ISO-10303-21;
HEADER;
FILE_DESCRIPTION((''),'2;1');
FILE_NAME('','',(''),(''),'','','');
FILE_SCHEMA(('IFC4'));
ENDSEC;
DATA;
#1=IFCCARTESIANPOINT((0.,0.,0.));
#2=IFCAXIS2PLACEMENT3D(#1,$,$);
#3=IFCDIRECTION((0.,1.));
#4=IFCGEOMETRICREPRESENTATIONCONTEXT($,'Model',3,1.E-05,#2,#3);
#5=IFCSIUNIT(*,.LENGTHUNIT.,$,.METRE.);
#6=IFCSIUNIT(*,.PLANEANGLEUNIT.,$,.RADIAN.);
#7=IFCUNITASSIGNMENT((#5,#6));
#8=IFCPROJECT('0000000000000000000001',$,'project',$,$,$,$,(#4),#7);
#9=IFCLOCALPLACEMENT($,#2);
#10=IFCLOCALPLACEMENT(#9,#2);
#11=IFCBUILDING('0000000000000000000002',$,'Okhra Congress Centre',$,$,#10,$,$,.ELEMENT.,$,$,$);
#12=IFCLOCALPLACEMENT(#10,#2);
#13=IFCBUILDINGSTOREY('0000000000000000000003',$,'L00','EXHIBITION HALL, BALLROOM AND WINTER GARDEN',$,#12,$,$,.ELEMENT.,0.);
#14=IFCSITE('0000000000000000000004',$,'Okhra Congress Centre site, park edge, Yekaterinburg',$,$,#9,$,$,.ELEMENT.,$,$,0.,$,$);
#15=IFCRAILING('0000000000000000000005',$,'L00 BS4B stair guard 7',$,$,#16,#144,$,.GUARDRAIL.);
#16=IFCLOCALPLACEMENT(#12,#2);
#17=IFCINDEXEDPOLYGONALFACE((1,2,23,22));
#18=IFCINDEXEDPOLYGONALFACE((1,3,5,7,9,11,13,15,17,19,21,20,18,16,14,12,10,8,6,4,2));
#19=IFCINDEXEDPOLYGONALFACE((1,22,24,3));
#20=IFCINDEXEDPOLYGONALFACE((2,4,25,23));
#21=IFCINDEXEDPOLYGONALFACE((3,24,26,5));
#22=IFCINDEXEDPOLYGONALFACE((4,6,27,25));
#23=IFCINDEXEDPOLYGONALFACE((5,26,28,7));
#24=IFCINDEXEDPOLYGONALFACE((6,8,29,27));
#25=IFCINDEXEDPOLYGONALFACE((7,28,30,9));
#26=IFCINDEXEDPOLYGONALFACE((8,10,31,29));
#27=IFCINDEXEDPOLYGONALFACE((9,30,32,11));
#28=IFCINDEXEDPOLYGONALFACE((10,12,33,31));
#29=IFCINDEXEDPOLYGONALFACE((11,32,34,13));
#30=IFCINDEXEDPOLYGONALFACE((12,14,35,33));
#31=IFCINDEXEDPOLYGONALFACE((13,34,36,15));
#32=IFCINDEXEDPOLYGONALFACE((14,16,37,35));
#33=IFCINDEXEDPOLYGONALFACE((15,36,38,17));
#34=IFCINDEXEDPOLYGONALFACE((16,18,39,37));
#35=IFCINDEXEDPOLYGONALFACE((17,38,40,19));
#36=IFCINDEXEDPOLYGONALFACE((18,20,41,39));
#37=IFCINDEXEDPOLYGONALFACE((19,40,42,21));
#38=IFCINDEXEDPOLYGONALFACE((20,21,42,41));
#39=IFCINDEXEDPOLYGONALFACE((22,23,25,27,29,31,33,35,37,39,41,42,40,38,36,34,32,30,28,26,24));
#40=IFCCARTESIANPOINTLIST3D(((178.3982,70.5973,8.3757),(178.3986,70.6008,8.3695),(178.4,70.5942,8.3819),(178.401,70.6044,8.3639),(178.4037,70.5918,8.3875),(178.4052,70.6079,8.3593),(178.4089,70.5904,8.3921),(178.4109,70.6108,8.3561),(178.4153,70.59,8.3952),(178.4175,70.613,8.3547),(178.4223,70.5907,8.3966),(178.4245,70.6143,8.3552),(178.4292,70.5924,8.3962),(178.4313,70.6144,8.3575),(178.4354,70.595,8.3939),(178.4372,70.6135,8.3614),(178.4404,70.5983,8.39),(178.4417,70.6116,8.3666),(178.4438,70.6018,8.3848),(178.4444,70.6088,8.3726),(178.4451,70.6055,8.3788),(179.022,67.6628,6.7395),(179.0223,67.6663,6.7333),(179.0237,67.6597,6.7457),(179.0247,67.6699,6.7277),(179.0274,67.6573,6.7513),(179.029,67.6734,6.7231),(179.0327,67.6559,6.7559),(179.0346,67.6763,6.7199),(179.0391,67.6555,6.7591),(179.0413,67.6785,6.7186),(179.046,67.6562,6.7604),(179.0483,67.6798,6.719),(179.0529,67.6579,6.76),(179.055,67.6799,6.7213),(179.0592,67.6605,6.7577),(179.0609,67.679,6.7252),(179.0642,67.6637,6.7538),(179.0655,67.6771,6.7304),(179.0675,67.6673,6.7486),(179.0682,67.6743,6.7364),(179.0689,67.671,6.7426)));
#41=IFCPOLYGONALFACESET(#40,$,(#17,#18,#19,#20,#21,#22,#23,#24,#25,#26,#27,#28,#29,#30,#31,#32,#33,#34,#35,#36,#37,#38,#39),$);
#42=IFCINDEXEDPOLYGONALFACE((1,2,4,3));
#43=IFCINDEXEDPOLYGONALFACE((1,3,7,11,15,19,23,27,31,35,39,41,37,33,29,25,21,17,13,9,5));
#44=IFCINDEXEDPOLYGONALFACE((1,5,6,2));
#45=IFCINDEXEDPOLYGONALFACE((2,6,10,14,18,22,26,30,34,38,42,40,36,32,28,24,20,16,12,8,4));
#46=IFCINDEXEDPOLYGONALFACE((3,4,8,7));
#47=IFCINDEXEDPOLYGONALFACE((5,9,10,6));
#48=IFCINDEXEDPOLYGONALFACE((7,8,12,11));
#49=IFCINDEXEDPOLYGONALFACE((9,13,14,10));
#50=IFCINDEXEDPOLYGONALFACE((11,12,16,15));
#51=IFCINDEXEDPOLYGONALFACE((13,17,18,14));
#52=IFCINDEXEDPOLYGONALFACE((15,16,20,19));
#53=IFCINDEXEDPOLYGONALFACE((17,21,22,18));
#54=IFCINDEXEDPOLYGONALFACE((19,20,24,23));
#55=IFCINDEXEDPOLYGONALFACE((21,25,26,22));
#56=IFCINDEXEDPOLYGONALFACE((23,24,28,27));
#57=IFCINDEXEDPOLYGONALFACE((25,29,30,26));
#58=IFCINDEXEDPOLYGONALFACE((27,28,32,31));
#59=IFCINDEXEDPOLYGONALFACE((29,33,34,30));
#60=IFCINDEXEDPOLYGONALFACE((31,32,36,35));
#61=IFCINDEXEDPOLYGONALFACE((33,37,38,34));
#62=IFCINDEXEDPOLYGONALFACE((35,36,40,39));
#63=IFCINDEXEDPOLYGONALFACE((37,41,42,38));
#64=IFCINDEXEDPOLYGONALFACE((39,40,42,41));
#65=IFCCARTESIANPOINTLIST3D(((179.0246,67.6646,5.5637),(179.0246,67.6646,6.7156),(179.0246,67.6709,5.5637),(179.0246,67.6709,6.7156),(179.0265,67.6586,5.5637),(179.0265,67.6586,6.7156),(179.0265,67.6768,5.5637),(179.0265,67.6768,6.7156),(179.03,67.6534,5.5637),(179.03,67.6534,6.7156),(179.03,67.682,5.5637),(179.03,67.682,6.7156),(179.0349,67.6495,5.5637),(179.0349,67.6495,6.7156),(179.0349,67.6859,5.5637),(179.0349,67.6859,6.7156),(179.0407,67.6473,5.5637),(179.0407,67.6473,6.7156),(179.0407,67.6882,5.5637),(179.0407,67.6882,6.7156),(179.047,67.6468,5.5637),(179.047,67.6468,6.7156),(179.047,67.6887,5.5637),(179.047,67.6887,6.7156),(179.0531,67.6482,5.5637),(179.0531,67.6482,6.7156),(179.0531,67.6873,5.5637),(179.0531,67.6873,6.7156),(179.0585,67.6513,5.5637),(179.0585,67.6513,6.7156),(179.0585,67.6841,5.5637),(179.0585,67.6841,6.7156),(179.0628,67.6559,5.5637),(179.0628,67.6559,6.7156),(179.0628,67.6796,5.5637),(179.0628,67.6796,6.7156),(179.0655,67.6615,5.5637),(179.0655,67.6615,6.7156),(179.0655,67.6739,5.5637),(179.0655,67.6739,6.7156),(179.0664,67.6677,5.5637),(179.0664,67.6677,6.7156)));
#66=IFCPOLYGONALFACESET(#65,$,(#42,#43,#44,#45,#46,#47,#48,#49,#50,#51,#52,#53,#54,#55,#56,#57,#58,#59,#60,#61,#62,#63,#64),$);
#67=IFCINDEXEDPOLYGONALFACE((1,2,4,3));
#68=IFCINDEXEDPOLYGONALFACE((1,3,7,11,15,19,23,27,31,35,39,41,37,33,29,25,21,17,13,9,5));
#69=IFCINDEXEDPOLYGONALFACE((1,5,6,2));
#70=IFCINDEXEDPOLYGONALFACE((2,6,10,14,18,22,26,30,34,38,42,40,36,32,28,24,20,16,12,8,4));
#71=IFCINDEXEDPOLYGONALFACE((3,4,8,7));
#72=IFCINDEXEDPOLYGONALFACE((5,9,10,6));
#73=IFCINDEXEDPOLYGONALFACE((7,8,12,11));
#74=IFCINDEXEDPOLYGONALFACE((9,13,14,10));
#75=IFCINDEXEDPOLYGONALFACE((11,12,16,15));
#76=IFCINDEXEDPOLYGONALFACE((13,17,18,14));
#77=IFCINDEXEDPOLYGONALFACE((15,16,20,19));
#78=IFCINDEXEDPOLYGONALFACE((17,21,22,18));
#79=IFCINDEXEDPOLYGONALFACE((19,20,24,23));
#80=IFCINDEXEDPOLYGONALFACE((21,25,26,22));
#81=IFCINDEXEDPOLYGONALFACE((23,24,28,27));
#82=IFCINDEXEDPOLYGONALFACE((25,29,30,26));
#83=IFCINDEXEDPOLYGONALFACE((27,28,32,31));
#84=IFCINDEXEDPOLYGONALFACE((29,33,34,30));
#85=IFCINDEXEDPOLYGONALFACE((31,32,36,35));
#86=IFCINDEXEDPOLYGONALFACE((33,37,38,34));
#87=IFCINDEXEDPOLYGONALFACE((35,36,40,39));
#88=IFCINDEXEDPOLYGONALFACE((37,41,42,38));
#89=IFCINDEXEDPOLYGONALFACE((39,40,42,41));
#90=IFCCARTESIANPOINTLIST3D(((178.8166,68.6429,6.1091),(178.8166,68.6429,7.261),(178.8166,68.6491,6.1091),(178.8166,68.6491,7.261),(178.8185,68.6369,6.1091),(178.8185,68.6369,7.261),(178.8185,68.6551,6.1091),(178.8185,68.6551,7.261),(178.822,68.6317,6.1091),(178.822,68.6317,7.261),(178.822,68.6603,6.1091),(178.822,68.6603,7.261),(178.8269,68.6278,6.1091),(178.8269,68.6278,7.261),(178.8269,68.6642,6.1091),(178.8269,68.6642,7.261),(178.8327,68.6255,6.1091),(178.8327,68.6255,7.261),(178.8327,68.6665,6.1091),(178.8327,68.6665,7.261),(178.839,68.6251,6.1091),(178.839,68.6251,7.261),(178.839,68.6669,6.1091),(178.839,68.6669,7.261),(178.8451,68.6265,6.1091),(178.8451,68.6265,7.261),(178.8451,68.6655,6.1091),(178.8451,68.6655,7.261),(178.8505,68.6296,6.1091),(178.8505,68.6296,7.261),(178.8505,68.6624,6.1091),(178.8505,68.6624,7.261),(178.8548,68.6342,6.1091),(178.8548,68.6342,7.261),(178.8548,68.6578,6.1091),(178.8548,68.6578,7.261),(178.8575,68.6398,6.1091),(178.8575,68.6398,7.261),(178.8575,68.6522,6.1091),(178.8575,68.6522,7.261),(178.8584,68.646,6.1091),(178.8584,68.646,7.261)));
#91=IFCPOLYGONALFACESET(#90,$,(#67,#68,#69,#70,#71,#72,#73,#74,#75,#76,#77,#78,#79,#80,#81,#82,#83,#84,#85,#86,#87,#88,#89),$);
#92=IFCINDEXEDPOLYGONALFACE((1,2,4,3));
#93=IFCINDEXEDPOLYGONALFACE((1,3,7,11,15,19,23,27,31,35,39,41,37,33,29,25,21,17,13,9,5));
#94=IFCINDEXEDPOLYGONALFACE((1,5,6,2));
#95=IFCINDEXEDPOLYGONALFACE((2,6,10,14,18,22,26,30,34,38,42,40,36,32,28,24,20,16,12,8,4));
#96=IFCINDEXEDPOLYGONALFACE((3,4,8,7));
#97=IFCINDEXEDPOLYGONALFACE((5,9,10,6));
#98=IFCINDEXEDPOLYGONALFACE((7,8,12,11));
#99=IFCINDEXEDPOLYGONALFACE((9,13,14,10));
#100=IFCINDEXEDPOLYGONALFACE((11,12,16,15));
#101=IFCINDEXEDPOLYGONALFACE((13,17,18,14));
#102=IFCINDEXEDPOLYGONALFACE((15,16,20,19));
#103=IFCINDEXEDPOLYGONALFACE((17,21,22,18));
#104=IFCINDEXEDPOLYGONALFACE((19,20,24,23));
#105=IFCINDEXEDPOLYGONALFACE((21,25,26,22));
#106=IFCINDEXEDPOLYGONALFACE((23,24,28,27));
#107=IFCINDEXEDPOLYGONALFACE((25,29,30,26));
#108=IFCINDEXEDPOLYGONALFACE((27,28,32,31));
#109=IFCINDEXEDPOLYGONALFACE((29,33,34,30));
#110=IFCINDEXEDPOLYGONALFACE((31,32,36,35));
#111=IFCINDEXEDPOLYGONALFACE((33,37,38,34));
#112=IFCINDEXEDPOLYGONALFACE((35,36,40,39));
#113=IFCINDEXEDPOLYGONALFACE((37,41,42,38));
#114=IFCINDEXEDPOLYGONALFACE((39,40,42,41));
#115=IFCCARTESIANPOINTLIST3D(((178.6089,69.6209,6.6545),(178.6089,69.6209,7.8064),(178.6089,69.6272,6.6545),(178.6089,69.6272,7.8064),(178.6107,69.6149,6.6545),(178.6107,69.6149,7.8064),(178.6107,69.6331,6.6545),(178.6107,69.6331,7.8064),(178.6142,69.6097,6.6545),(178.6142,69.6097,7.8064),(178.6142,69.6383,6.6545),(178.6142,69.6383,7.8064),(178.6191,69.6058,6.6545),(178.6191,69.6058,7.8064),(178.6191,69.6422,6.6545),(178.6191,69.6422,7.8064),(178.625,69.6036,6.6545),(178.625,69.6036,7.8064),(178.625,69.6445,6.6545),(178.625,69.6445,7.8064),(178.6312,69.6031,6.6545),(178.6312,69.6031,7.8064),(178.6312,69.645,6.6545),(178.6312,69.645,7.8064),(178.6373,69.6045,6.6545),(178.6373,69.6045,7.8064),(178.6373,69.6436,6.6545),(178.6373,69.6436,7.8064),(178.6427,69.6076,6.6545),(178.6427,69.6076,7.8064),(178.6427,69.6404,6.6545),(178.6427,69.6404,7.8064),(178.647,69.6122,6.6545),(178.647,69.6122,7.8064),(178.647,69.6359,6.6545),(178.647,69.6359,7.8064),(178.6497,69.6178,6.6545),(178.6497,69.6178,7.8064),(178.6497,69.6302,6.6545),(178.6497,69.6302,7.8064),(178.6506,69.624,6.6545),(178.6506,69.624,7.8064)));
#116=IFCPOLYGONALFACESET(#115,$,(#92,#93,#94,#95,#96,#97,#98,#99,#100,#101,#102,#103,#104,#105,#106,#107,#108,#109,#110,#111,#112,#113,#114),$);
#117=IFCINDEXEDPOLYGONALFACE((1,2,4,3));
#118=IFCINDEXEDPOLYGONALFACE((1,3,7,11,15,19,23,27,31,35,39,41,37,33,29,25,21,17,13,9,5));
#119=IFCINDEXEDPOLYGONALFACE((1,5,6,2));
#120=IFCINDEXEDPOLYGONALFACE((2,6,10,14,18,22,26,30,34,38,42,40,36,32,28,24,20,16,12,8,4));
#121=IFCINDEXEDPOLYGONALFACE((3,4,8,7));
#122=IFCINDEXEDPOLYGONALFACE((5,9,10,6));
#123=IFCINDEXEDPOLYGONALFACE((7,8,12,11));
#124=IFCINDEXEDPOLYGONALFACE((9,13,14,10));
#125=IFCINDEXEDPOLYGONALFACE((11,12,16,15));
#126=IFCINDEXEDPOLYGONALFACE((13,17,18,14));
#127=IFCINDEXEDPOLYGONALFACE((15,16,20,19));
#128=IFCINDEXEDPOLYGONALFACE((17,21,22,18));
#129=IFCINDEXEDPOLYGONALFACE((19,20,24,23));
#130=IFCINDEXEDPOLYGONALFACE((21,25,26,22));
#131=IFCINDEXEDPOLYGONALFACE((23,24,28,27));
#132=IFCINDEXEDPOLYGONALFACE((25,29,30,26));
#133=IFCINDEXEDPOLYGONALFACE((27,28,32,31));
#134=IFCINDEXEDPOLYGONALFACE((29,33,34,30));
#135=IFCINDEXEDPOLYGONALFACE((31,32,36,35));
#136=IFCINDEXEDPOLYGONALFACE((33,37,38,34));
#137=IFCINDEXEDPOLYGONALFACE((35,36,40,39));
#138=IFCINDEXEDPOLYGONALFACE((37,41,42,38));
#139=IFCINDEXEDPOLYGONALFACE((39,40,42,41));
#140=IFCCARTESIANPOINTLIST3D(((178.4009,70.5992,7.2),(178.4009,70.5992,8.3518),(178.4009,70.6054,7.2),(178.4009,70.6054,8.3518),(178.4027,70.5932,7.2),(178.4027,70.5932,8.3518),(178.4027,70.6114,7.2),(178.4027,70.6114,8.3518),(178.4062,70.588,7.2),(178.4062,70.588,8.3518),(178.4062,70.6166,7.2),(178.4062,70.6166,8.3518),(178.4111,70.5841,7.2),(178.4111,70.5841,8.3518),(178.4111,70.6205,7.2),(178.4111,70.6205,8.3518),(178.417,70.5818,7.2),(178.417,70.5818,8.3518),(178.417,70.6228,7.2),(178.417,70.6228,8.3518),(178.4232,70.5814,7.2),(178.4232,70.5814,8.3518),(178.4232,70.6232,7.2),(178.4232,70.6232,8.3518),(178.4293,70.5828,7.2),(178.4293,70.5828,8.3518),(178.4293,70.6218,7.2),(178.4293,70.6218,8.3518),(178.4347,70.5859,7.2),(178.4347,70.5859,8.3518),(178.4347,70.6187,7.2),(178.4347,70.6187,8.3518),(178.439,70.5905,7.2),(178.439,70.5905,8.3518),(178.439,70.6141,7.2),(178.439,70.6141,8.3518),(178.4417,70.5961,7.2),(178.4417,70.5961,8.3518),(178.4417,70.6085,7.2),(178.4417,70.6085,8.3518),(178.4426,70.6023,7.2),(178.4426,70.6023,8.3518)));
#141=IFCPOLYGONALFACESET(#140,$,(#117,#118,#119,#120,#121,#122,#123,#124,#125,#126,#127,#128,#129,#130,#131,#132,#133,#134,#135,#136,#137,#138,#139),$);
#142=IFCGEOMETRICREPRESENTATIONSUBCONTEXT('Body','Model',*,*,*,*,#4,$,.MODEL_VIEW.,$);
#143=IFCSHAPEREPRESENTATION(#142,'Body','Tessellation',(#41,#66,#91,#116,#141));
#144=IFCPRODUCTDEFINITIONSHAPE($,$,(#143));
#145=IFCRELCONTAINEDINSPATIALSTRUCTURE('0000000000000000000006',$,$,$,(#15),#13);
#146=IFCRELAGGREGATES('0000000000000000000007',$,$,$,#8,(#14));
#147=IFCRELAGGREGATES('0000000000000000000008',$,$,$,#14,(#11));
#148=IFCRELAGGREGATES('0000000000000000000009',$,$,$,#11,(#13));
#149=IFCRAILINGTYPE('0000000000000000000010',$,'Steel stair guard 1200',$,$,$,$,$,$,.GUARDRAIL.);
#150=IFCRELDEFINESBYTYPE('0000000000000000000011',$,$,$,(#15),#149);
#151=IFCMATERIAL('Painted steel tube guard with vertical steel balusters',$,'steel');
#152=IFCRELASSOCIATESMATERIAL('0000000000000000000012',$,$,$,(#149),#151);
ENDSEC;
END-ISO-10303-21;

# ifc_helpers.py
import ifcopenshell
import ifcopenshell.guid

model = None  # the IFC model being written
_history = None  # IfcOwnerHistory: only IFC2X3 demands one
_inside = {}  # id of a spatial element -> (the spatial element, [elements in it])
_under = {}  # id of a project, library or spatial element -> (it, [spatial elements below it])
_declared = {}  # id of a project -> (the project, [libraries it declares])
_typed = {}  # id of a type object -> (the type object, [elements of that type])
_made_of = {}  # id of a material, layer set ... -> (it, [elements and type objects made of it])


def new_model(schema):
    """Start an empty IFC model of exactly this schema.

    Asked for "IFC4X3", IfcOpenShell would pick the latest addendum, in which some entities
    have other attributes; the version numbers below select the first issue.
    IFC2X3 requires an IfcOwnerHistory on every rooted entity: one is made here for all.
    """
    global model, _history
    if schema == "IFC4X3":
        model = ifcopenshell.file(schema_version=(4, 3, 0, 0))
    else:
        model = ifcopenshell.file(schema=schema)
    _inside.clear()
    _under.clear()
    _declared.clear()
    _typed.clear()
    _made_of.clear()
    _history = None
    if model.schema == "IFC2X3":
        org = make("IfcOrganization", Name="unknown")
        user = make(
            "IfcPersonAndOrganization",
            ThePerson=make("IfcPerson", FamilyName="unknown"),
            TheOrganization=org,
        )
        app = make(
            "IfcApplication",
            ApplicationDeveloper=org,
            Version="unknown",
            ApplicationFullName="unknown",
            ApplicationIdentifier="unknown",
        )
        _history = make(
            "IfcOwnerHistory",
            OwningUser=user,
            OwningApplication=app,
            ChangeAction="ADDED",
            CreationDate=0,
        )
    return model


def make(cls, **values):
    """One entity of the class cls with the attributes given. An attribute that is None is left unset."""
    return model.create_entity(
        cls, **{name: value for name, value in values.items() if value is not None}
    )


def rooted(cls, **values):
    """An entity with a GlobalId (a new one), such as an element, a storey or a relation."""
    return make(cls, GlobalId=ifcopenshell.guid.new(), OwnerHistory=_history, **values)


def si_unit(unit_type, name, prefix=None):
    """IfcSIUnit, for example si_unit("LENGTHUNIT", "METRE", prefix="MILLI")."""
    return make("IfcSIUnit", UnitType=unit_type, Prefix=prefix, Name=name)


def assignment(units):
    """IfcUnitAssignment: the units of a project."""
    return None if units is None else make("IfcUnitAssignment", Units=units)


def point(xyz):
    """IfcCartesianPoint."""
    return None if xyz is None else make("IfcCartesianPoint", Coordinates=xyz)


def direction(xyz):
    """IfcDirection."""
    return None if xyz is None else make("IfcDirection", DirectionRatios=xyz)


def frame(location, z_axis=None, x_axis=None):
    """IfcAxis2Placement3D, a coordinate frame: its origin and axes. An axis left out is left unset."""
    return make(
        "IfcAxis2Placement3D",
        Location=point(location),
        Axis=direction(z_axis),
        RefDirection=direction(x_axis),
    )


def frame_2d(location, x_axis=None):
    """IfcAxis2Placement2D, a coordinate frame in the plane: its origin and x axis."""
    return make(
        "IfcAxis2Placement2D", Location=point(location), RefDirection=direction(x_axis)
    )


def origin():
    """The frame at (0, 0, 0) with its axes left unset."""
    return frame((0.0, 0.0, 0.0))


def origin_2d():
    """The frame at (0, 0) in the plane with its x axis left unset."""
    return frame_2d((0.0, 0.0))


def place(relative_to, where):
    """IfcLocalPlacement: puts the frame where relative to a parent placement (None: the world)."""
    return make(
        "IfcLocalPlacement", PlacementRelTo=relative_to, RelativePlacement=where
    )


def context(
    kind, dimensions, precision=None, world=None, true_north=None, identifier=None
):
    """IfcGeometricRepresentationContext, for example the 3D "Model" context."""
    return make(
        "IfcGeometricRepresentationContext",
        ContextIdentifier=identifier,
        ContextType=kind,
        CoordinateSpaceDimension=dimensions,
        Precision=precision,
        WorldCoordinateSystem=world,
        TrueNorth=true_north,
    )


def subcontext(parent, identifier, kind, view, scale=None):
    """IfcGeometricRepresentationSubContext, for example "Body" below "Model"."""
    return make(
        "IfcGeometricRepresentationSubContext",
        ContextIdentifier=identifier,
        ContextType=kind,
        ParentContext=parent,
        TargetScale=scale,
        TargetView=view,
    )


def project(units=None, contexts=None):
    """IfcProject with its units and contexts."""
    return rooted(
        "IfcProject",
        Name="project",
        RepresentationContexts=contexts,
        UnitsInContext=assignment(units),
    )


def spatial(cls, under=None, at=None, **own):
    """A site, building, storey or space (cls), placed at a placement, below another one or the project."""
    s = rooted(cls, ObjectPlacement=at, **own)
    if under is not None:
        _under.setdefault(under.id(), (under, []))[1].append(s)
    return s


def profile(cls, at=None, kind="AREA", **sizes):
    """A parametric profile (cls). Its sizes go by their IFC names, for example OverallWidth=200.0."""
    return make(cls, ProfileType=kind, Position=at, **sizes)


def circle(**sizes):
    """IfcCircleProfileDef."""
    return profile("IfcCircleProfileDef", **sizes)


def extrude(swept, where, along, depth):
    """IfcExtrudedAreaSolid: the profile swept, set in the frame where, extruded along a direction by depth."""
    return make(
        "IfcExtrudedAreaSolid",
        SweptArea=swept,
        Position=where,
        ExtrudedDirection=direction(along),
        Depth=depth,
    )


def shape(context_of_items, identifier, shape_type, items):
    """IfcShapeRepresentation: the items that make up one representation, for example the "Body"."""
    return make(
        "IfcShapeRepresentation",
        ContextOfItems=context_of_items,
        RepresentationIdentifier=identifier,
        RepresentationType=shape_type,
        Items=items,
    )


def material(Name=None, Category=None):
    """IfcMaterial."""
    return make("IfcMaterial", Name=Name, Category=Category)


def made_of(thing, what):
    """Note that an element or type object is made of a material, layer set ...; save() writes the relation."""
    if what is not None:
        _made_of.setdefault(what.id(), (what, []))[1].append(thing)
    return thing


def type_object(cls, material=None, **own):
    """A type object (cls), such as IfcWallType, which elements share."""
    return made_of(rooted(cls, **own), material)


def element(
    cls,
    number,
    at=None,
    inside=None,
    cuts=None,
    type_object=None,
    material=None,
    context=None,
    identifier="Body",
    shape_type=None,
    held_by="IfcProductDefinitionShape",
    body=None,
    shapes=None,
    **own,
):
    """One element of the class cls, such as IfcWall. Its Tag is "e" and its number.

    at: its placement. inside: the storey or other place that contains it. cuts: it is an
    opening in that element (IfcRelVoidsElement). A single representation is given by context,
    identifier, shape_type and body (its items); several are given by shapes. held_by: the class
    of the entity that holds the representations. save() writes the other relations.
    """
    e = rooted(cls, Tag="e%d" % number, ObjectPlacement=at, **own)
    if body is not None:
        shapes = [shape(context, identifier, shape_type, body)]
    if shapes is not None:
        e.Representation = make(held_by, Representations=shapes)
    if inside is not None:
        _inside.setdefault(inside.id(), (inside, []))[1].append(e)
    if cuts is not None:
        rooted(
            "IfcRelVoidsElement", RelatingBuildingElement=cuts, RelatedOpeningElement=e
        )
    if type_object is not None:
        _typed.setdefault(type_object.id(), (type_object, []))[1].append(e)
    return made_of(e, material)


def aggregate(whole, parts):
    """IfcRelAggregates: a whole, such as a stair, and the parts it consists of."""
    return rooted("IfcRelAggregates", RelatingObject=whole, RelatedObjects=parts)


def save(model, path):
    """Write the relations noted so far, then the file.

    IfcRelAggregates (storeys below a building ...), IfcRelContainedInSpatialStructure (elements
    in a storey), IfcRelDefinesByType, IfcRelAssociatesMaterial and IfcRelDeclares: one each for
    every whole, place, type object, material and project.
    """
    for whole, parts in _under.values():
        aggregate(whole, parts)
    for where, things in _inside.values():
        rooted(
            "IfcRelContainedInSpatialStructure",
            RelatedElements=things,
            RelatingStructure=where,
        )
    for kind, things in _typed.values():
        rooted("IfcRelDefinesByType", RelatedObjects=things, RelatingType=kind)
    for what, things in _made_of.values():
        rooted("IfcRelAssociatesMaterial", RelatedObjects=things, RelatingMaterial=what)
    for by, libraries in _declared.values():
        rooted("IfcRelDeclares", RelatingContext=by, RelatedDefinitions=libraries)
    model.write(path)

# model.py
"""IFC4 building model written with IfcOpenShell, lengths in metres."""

from ifc_helpers import new_model, si_unit, direction, frame, origin, origin_2d, place, context, subcontext, project, spatial, circle, extrude, material, type_object, element, save


model = new_model("IFC4")

# Units and contexts
model_context = context("Model", 3, precision=1e-05, world=origin(), true_north=direction((0.0, 1.0)))
body_context = subcontext(model_context, "Body", "Model", "MODEL_VIEW")
ifc_project = project(units=[si_unit("LENGTHUNIT", "METRE"), si_unit("PLANEANGLEUNIT", "RADIAN")], contexts=[model_context])

# Site, building, storey
site_placement = place(None, origin())
site = spatial("IfcSite", under=ifc_project, at=site_placement, Name="Okhra Congress Centre site, park edge, Yekaterinburg", CompositionType="ELEMENT", RefElevation=0.0)
building_placement = place(site_placement, origin())
building = spatial("IfcBuilding", under=site, at=building_placement, Name="Okhra Congress Centre", CompositionType="ELEMENT")
storey_placement = place(building_placement, origin())
storey = spatial("IfcBuildingStorey", under=building, at=storey_placement, Name="L00", Description="EXHIBITION HALL, BALLROOM AND WINTER GARDEN", CompositionType="ELEMENT", Elevation=0.0)

# Railing
ifc_material_1 = material(Name="Painted steel tube guard with vertical steel balusters", Category="steel")
railing_type_1 = type_object("IfcRailingType", Name="Steel stair guard 1200", PredefinedType="GUARDRAIL", material=ifc_material_1)
railing_1_placement = place(storey_placement, frame((179.0454, 67.6677, 5.5637)))
element("IfcRailing", 1, at=railing_1_placement, inside=storey, type_object=railing_type_1, Name="L00 BS4B stair guard 7", PredefinedType="GUARDRAIL", context=body_context, shape_type="SweptSolid", body=[
    extrude(circle(Radius=0.0239, at=origin_2d()), frame((0.0, 0.0, 1.1758), z_axis=(-0.182535, 0.858735, 0.478806), x_axis=(-0.978146, -0.207917, 0.0)), (0.0, 0.0, 1.0), 3.4172),
    extrude(circle(Radius=0.021, at=origin_2d()), origin(), (0.0, 0.0, 1.0), 1.1519),
    extrude(circle(Radius=0.021, at=origin_2d()), frame((-0.208, 0.9783, 0.5454)), (0.0, 0.0, 1.0), 1.1519),
    extrude(circle(Radius=0.021, at=origin_2d()), frame((-0.4158, 1.9563, 1.0908)), (0.0, 0.0, 1.0), 1.1519),
    extrude(circle(Radius=0.021, at=origin_2d()), frame((-0.6238, 2.9346, 1.6362)), (0.0, 0.0, 1.0), 1.1519),
])

save(model, "model.ifc")
